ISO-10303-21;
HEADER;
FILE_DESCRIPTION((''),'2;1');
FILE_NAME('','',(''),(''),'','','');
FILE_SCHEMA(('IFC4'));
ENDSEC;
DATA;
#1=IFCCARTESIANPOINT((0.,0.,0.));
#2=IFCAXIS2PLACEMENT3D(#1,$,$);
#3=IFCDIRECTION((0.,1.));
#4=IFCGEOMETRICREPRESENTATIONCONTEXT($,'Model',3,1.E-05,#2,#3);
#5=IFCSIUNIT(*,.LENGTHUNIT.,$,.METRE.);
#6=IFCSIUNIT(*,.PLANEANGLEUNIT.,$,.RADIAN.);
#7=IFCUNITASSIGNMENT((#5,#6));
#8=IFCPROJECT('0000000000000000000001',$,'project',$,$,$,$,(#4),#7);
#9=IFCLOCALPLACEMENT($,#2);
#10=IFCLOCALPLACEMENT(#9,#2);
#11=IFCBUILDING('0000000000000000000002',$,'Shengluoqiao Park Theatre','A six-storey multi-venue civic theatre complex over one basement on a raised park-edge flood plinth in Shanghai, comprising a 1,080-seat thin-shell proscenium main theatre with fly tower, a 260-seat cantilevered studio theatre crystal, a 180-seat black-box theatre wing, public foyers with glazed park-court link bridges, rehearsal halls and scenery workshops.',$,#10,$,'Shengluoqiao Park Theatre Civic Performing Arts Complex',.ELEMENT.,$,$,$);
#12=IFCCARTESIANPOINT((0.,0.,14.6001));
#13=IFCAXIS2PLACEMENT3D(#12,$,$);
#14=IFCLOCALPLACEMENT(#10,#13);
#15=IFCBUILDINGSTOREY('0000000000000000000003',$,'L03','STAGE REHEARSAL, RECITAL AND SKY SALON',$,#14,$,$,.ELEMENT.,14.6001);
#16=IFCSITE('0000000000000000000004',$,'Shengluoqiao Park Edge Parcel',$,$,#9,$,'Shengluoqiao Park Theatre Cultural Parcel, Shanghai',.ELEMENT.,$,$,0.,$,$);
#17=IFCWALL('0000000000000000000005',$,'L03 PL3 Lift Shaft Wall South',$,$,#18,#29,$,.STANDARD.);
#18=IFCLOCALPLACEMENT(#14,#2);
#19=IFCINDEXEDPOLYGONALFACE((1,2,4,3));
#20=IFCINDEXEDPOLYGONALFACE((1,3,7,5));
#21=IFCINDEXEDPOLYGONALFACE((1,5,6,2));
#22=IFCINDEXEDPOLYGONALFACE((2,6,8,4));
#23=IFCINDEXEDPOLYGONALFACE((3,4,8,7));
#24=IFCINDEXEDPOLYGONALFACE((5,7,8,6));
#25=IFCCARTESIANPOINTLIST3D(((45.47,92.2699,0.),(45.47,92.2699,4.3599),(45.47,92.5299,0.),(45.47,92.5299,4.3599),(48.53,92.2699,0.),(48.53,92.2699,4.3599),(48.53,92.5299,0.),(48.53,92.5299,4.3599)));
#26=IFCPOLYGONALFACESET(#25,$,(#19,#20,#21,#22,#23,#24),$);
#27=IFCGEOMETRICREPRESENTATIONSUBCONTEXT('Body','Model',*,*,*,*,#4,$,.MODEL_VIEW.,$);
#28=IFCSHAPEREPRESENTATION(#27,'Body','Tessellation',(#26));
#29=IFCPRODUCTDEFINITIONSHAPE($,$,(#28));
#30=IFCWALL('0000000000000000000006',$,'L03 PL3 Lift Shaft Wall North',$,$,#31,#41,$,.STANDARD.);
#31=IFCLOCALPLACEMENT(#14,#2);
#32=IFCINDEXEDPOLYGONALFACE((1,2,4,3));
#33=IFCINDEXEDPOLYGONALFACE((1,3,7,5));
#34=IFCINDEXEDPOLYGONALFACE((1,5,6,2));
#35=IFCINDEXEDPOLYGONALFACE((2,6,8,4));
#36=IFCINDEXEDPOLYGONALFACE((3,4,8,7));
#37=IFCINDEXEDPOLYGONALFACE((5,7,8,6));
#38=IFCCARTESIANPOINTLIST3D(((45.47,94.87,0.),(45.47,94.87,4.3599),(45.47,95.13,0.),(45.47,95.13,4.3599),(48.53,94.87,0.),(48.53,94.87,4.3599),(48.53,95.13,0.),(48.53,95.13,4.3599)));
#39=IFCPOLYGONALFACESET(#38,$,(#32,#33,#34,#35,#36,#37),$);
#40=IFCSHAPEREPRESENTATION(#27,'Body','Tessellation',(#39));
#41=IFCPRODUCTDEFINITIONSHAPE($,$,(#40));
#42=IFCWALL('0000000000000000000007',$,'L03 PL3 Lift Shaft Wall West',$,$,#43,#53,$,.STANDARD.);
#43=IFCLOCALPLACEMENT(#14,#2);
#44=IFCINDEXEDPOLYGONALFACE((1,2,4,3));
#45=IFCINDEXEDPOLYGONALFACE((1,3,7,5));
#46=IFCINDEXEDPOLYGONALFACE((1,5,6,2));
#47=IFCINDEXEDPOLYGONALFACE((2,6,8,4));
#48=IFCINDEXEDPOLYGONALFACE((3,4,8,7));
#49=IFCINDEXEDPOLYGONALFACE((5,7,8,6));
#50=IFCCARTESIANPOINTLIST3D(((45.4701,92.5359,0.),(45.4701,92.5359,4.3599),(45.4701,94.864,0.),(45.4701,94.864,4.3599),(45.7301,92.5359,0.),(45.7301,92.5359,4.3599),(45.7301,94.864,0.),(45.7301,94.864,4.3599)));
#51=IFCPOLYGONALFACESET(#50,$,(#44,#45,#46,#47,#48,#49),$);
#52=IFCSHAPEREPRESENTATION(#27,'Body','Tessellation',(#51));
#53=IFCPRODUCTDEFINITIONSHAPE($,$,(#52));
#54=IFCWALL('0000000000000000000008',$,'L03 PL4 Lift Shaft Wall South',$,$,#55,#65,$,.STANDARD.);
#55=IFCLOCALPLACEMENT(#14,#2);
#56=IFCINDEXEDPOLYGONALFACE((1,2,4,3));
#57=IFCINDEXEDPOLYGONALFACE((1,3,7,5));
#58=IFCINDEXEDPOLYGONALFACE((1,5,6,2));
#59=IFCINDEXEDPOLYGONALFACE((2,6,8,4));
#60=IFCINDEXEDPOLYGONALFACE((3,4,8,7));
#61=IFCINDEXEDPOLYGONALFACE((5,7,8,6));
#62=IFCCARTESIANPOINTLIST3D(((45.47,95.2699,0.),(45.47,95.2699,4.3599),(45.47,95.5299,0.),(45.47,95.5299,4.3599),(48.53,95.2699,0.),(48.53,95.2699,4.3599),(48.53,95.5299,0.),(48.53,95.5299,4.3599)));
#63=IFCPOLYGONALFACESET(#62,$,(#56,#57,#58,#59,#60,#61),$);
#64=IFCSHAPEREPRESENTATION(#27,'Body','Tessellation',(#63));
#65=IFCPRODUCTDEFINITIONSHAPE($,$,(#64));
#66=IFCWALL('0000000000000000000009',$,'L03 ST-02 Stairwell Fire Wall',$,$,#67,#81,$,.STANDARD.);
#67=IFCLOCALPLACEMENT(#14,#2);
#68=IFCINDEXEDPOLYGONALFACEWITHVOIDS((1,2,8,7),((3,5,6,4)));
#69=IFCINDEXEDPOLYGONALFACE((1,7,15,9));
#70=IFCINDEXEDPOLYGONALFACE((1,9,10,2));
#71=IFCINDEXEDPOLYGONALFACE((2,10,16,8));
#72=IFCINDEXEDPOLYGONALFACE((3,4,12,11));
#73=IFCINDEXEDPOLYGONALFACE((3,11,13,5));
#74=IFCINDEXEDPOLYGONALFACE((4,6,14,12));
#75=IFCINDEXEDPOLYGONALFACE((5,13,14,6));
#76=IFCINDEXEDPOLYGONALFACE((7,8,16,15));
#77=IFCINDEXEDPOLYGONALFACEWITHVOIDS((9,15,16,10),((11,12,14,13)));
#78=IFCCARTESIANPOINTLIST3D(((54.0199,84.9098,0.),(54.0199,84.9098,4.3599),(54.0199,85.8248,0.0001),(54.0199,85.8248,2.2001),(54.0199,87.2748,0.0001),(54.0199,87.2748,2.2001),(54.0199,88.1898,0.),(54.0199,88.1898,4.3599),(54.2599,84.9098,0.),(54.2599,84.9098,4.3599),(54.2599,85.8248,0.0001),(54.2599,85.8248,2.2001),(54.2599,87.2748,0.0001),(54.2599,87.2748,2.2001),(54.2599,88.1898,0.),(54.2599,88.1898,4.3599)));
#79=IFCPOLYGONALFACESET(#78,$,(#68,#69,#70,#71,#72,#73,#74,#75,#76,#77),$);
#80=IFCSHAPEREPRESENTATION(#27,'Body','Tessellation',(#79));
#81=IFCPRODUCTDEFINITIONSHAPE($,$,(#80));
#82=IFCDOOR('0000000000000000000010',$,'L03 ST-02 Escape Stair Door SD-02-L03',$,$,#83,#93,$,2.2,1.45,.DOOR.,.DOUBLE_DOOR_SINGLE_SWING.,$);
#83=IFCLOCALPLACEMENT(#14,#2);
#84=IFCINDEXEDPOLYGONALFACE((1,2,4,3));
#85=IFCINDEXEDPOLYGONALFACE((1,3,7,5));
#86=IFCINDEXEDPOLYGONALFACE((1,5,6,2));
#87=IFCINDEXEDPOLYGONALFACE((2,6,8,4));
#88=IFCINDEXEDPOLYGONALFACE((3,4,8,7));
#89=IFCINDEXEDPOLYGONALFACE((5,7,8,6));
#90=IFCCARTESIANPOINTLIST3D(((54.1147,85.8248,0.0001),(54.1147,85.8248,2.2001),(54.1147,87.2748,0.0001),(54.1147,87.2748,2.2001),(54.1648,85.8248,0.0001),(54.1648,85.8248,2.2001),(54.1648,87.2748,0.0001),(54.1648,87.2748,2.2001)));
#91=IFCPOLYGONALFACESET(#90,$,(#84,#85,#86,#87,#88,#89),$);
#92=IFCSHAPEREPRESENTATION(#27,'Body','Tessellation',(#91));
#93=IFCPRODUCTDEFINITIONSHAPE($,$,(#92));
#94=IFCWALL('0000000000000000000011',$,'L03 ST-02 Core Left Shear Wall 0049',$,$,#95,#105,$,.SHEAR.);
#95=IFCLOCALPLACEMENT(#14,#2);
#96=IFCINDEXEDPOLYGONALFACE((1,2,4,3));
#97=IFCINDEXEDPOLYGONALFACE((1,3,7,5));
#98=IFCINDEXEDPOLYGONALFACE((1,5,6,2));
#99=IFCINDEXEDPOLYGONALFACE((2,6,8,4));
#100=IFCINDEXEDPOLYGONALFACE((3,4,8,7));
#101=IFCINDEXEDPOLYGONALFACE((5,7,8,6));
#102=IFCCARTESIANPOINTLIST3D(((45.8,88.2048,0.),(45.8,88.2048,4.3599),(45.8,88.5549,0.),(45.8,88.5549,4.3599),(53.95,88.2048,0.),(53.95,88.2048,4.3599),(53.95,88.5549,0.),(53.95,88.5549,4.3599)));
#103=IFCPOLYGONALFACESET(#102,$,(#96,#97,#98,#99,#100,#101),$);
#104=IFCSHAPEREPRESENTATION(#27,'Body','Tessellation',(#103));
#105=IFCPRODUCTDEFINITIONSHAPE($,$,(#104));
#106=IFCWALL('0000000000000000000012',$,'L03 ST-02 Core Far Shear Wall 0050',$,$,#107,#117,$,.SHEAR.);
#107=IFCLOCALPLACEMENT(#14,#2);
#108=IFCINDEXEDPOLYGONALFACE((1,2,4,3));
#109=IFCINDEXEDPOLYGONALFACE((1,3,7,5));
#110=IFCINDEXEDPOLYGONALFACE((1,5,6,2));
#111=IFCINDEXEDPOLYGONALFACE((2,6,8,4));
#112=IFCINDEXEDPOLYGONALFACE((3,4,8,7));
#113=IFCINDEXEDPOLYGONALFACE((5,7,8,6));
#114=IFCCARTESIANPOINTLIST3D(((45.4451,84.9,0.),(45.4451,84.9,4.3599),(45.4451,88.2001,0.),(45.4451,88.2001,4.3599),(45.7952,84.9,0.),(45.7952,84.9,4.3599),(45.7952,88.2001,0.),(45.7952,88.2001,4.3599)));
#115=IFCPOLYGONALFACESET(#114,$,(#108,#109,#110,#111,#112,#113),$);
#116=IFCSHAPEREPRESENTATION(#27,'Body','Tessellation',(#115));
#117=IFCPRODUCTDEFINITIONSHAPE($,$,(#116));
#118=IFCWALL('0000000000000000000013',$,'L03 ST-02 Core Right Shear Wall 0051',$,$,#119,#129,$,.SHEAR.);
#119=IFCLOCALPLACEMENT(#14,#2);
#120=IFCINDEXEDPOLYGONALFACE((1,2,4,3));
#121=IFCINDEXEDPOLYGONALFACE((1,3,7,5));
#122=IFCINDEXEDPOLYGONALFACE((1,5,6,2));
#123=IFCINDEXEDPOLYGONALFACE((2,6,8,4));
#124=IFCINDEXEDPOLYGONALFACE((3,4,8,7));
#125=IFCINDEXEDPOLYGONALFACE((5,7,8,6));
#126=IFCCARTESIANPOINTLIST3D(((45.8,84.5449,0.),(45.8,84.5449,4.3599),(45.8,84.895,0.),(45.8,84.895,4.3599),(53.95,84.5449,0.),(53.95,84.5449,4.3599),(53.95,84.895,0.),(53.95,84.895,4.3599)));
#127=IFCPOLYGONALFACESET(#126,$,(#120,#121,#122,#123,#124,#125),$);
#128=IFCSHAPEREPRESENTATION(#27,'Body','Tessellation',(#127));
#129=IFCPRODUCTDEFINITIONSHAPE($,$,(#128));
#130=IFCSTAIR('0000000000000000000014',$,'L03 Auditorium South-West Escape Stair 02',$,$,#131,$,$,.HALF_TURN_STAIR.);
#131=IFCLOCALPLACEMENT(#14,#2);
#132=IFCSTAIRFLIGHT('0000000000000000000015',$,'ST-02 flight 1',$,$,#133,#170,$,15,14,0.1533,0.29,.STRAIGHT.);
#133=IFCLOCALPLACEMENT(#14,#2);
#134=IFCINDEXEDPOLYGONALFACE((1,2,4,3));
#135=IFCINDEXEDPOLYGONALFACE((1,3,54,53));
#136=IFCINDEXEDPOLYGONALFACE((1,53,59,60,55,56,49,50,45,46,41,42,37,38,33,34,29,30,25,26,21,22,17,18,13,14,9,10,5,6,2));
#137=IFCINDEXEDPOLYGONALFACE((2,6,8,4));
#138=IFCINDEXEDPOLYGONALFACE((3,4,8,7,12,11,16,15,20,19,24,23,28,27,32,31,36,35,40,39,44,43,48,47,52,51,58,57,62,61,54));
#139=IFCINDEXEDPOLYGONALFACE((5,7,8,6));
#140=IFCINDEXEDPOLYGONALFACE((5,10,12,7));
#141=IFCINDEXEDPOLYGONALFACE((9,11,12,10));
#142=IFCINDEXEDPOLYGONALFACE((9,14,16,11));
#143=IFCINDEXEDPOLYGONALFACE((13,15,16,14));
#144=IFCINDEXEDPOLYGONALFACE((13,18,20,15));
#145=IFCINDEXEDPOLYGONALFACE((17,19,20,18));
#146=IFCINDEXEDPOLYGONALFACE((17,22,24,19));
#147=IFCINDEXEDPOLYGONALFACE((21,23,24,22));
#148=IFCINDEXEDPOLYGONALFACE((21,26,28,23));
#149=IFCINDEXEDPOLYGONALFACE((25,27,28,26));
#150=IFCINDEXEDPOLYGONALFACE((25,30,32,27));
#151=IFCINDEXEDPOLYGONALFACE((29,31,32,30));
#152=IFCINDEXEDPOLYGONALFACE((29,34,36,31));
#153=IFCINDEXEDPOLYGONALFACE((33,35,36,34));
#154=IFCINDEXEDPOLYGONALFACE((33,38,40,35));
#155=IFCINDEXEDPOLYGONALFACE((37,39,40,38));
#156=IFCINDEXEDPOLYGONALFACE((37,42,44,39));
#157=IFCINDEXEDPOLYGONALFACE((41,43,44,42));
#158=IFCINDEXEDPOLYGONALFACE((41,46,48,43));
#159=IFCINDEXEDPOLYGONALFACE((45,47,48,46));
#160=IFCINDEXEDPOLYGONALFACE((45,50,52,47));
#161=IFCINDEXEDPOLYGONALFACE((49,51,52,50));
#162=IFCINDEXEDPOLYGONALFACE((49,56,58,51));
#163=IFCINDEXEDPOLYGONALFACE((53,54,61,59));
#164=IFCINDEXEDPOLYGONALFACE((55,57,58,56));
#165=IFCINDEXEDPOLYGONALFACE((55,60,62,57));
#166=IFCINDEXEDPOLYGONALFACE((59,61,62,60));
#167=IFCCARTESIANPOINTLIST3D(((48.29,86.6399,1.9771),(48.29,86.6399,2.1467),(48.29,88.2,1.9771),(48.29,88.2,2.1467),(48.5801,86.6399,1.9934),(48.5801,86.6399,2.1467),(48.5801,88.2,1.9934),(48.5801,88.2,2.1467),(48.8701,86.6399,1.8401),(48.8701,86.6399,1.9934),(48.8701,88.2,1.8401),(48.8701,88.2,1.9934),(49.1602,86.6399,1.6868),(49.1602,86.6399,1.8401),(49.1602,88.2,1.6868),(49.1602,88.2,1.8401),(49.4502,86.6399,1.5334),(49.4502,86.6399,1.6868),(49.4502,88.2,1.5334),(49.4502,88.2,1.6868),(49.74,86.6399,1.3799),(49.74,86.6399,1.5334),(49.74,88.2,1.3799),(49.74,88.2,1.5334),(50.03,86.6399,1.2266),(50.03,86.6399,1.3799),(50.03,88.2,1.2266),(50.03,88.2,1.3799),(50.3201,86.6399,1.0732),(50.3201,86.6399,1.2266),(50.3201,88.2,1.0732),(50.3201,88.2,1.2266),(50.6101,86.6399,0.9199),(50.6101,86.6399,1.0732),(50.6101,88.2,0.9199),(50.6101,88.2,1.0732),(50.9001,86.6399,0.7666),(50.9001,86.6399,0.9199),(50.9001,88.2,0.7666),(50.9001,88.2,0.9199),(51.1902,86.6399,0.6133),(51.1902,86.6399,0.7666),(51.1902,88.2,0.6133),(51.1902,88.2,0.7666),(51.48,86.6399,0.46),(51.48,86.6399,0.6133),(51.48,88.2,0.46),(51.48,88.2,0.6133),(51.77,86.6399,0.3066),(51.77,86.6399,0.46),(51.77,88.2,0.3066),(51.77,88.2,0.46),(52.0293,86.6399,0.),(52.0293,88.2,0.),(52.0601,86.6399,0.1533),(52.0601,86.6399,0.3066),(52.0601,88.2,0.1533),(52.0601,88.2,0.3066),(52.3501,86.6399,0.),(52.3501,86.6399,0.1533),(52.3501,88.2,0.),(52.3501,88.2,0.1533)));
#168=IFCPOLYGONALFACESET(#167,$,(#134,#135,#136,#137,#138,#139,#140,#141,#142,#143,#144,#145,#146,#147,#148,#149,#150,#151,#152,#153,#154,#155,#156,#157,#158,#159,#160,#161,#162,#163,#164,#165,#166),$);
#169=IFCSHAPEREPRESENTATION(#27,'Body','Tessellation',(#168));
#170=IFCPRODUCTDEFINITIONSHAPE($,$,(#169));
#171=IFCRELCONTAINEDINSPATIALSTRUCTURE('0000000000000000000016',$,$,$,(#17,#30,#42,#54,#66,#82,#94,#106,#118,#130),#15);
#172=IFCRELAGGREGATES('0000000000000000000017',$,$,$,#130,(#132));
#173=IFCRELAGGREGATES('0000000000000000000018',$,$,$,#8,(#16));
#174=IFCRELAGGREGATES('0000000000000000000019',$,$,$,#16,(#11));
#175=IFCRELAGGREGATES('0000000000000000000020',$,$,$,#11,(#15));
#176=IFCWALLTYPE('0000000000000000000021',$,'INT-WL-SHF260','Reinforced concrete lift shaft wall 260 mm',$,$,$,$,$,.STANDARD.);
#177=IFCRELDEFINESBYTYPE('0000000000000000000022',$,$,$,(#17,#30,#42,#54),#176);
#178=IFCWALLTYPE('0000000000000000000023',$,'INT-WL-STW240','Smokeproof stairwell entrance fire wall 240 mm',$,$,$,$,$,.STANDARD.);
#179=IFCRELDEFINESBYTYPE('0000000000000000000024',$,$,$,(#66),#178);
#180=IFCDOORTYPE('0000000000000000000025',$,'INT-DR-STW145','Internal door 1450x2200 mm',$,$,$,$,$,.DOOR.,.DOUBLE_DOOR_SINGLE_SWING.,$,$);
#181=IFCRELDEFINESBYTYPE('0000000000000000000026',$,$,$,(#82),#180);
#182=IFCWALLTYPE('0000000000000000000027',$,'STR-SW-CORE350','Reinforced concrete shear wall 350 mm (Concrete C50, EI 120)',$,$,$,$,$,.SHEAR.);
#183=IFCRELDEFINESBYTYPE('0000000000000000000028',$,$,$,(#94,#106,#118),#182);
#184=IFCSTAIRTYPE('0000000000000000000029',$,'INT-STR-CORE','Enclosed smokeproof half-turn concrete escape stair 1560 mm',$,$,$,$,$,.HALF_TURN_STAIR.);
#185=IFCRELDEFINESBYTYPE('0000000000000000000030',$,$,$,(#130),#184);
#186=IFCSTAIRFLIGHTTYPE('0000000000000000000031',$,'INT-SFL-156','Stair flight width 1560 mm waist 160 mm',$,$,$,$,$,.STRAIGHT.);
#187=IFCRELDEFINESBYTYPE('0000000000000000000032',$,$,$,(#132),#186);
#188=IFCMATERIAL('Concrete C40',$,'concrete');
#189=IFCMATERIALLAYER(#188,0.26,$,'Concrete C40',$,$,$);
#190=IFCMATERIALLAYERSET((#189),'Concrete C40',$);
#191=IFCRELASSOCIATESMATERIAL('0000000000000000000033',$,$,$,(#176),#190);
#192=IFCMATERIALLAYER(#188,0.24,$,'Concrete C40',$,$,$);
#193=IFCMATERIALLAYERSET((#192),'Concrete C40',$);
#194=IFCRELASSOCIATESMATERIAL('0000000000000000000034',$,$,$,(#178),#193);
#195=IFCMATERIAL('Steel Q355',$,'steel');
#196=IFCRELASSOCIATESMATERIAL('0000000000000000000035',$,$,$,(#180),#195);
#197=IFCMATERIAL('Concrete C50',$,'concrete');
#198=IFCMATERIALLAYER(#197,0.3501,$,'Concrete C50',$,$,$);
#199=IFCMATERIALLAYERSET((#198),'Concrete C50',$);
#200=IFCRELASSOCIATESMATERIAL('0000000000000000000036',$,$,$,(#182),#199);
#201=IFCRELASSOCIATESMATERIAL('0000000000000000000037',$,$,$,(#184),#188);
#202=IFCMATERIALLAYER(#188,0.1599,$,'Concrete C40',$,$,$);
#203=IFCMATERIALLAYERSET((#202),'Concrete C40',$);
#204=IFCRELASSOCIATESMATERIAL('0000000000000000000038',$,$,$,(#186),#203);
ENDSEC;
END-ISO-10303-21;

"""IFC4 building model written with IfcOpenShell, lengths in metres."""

from ifc_helpers import new_model, si_unit, direction, frame, frame_2d, origin, place, context, subcontext, project, spatial, polyline, rectangle, outline, extrude, material, layer, layer_set, type_object, element, fill, aggregate, save


model = new_model("IFC4")

# Units and contexts
model_context = context("Model", 3, precision=1e-05, world=origin(), true_north=direction((0.0, 1.0)))
body_context = subcontext(model_context, "Body", "Model", "MODEL_VIEW")
ifc_project = project(units=[si_unit("LENGTHUNIT", "METRE"), si_unit("PLANEANGLEUNIT", "RADIAN")], contexts=[model_context])

# Site, building, storey
site_placement = place(None, origin())
site = spatial("IfcSite", under=ifc_project, at=site_placement, Name="Shengluoqiao Park Edge Parcel", LongName="Shengluoqiao Park Theatre Cultural Parcel, Shanghai", CompositionType="ELEMENT", RefElevation=0.0)
building_placement = place(site_placement, origin())
building = spatial("IfcBuilding", under=site, at=building_placement, Name="Shengluoqiao Park Theatre", Description="A six-storey multi-venue civic theatre complex over one basement on a raised park-edge flood plinth in Shanghai, comprising a 1,080-seat thin-shell proscenium main theatre with fly tower, a 260-seat cantilevered studio theatre crystal, a 180-seat black-box theatre wing, public foyers with glazed park-court link bridges, rehearsal halls and scenery workshops.", LongName="Shengluoqiao Park Theatre Civic Performing Arts Complex", CompositionType="ELEMENT")
storey_placement = place(building_placement, frame((0.0, 0.0, 14.6001)))
storey = spatial("IfcBuildingStorey", under=building, at=storey_placement, Name="L03", Description="STAGE REHEARSAL, RECITAL AND SKY SALON", CompositionType="ELEMENT", Elevation=14.6001)

# Shared definitions
ifc_material_1 = material(Name="Concrete C50", Category="concrete")

# Shared definitions
ifc_material_2 = material(Name="Steel Q355", Category="steel")

# Walls
ifc_material_3 = material(Name="Concrete C40", Category="concrete")
ifc_layer_1 = layer(ifc_material_3, 0.26, Name="Concrete C40")
ifc_layer_set_1 = layer_set([ifc_layer_1], Name="Concrete C40")
wall_type_1 = type_object("IfcWallType", Name="INT-WL-SHF260", Description="Reinforced concrete lift shaft wall 260 mm", PredefinedType="STANDARD", material=ifc_layer_set_1)
for number, where, z_axis, x_axis, name in (
    (1, (45.47, 92.3999, 0.0), (0.0, 0.0, 1.0), (1.0, 0.0, 0.0), "L03 PL3 Lift Shaft Wall South"),
    (2, (45.47, 95.0, 0.0), (0.0, 0.0, 1.0), (1.0, 0.0, 0.0), "L03 PL3 Lift Shaft Wall North"),
):
    element("IfcWall", number, at=place(storey_placement, frame(where, z_axis=z_axis, x_axis=x_axis)), inside=storey, type_object=wall_type_1, Name=name, PredefinedType="STANDARD", context=body_context, shape_type="SweptSolid", body=[
        extrude(rectangle(XDim=3.0601, YDim=0.26, at=frame_2d((1.53, 0.0))), origin(), (0.0, 0.0, 1.0), 4.3599),
    ])
wall_1_placement = place(storey_placement, frame((45.6001, 92.5359, 0.0), z_axis=(0.0, 0.0, 1.0), x_axis=(0.0, 1.0, 0.0)))
element("IfcWall", 3, at=wall_1_placement, inside=storey, type_object=wall_type_1, Name="L03 PL3 Lift Shaft Wall West", PredefinedType="STANDARD", context=body_context, shape_type="SweptSolid", body=[
    extrude(rectangle(XDim=2.3281, YDim=0.26, at=frame_2d((1.1641, 0.0))), origin(), (0.0, 0.0, 1.0), 4.3599),
])

# Wall
wall_2_placement = place(storey_placement, frame((45.47, 95.3999, 0.0), z_axis=(0.0, 0.0, 1.0), x_axis=(1.0, 0.0, 0.0)))
element("IfcWall", 4, at=wall_2_placement, inside=storey, type_object=wall_type_1, Name="L03 PL4 Lift Shaft Wall South", PredefinedType="STANDARD", context=body_context, shape_type="SweptSolid", body=[
    extrude(rectangle(XDim=3.0601, YDim=0.26, at=frame_2d((1.53, 0.0))), origin(), (0.0, 0.0, 1.0), 4.3599),
])

# Wall, opening, door
ifc_layer_2 = layer(ifc_material_3, 0.24, Name="Concrete C40")
ifc_layer_set_2 = layer_set([ifc_layer_2], Name="Concrete C40")
wall_type_2 = type_object("IfcWallType", Name="INT-WL-STW240", Description="Smokeproof stairwell entrance fire wall 240 mm", PredefinedType="STANDARD", material=ifc_layer_set_2)
wall_3_placement = place(storey_placement, frame((54.1399, 88.1899, 0.0), z_axis=(0.0, 0.0, 1.0), x_axis=(0.0, -1.0, 0.0)))
wall_3 = element("IfcWall", 5, at=wall_3_placement, inside=storey, type_object=wall_type_2, Name="L03 ST-02 Stairwell Fire Wall", PredefinedType="STANDARD", context=body_context, shape_type="SweptSolid", body=[
    extrude(rectangle(XDim=3.28, YDim=0.24, at=frame_2d((1.6401, 0.0))), origin(), (0.0, 0.0, 1.0), 4.3599),
])
opening_1_placement = place(wall_3_placement, frame((0.915, 0.0, 0.0)))
opening_1 = element("IfcOpeningElement", 6, at=opening_1_placement, cuts=wall_3, PredefinedType="OPENING", context=body_context, shape_type="SweptSolid", body=[
    extrude(rectangle(XDim=1.45, YDim=2.2, at=frame_2d((0.7251, 1.1001))), frame((0.0, 0.1299, 0.0), z_axis=(0.0, -1.0, 0.0), x_axis=(1.0, 0.0, 0.0)), (0.0, 0.0, 1.0), 0.26),
])
door_type_1 = type_object("IfcDoorType", Name="INT-DR-STW145", Description="Internal door 1450x2200 mm", OperationType="DOUBLE_DOOR_SINGLE_SWING", PredefinedType="DOOR", material=ifc_material_2)
door_1_placement = place(opening_1_placement, origin())
door_1 = element("IfcDoor", 7, at=door_1_placement, inside=storey, type_object=door_type_1, Name="L03 ST-02 Escape Stair Door SD-02-L03", OperationType="DOUBLE_DOOR_SINGLE_SWING", OverallHeight=2.2, OverallWidth=1.45, PredefinedType="DOOR", context=body_context, shape_type="SweptSolid", body=[
    extrude(rectangle(XDim=1.45, YDim=2.2, at=frame_2d((0.7251, 1.1001))), frame((0.0, 0.0249, 0.0), z_axis=(0.0, -1.0, 0.0), x_axis=(1.0, 0.0, 0.0)), (0.0, 0.0, 1.0), 0.05),
])
fill(opening_1, door_1)

# Walls
ifc_layer_3 = layer(ifc_material_1, 0.3501, Name="Concrete C50")
ifc_layer_set_3 = layer_set([ifc_layer_3], Name="Concrete C50")
wall_type_3 = type_object("IfcWallType", Name="STR-SW-CORE350", Description="Reinforced concrete shear wall 350 mm (Concrete C50, EI 120)", PredefinedType="SHEAR", material=ifc_layer_set_3)
wall_4_placement = place(storey_placement, frame((53.95, 88.3799, 0.0), z_axis=(0.0, 0.0, 1.0), x_axis=(-1.0, 0.0, 0.0)))
element("IfcWall", 8, at=wall_4_placement, inside=storey, type_object=wall_type_3, Name="L03 ST-02 Core Left Shear Wall 0049", PredefinedType="SHEAR", context=body_context, shape_type="SweptSolid", body=[
    extrude(rectangle(XDim=8.1499, YDim=0.3501, at=frame_2d((4.075, 0.0))), origin(), (0.0, 0.0, 1.0), 4.3599),
])
wall_5_placement = place(storey_placement, frame((45.6201, 88.2, 0.0), z_axis=(0.0, 0.0, 1.0), x_axis=(0.0, -1.0, 0.0)))
element("IfcWall", 9, at=wall_5_placement, inside=storey, type_object=wall_type_3, Name="L03 ST-02 Core Far Shear Wall 0050", PredefinedType="SHEAR", context=body_context, shape_type="SweptSolid", body=[
    extrude(rectangle(XDim=3.3, YDim=0.3501, at=frame_2d((1.6499, 0.0))), origin(), (0.0, 0.0, 1.0), 4.3599),
])
wall_6_placement = place(storey_placement, frame((45.8, 84.72, 0.0), z_axis=(0.0, 0.0, 1.0), x_axis=(1.0, 0.0, 0.0)))
element("IfcWall", 10, at=wall_6_placement, inside=storey, type_object=wall_type_3, Name="L03 ST-02 Core Right Shear Wall 0051", PredefinedType="SHEAR", context=body_context, shape_type="SweptSolid", body=[
    extrude(rectangle(XDim=8.1499, YDim=0.3501, at=frame_2d((4.075, 0.0))), origin(), (0.0, 0.0, 1.0), 4.3599),
])

# Stair, stair flight
stair_type = type_object("IfcStairType", Name="INT-STR-CORE", Description="Enclosed smokeproof half-turn concrete escape stair 1560 mm", PredefinedType="HALF_TURN_STAIR", material=ifc_material_3)
stair_placement = place(storey_placement, origin())
stair = element("IfcStair", 11, at=stair_placement, inside=storey, type_object=stair_type, Name="L03 Auditorium South-West Escape Stair 02", PredefinedType="HALF_TURN_STAIR")
ifc_layer_4 = layer(ifc_material_3, 0.1599, Name="Concrete C40")
ifc_layer_set_4 = layer_set([ifc_layer_4], Name="Concrete C40")
stair_flight_type = type_object("IfcStairFlightType", Name="INT-SFL-156", Description="Stair flight width 1560 mm waist 160 mm", PredefinedType="STRAIGHT", material=ifc_layer_set_4)
stair_flight_1_placement = place(storey_placement, frame((52.3501, 87.4199, 0.0), z_axis=(0.0, 0.0, 1.0), x_axis=(-1.0, 0.0, 0.0)))
stair_flight_1 = element("IfcStairFlight", 12, at=stair_flight_1_placement, type_object=stair_flight_type, Name="ST-02 flight 1", NumberOfRisers=15, NumberOfTreads=14, PredefinedType="STRAIGHT", RiserHeight=0.1533, TreadLength=0.29, context=body_context, shape_type="SweptSolid", body=[
    extrude(outline(polyline([(0.0, 0.0), (0.0, 0.1533), (0.29, 0.1533), (0.29, 0.3066), (0.5801, 0.3066), (0.5801, 0.46), (0.8701, 0.46), (0.8701, 0.6133), (1.1599, 0.6133), (1.1599, 0.7666), (1.45, 0.7666), (1.45, 0.9199), (1.74, 0.9199), (1.74, 1.0732), (2.03, 1.0732), (2.03, 1.2266), (2.3201, 1.2266), (2.3201, 1.3799), (2.6101, 1.3799), (2.6101, 1.5334), (2.8999, 1.5334), (2.8999, 1.6868), (3.1899, 1.6868), (3.1899, 1.8401), (3.48, 1.8401), (3.48, 1.9934), (3.77, 1.9934), (3.77, 2.1467), (4.0601, 2.1467), (4.0601, 2.3), (4.0601, 1.9771), (0.3208, 0.0), (0.0, 0.0)])), frame((0.0, 0.78, 0.0), z_axis=(0.0, -1.0, 0.0), x_axis=(1.0, 0.0, 0.0)), (0.0, 0.0, 1.0), 1.5601),
])
aggregate(stair, [stair_flight_1])

save(model, "model.ifc")
